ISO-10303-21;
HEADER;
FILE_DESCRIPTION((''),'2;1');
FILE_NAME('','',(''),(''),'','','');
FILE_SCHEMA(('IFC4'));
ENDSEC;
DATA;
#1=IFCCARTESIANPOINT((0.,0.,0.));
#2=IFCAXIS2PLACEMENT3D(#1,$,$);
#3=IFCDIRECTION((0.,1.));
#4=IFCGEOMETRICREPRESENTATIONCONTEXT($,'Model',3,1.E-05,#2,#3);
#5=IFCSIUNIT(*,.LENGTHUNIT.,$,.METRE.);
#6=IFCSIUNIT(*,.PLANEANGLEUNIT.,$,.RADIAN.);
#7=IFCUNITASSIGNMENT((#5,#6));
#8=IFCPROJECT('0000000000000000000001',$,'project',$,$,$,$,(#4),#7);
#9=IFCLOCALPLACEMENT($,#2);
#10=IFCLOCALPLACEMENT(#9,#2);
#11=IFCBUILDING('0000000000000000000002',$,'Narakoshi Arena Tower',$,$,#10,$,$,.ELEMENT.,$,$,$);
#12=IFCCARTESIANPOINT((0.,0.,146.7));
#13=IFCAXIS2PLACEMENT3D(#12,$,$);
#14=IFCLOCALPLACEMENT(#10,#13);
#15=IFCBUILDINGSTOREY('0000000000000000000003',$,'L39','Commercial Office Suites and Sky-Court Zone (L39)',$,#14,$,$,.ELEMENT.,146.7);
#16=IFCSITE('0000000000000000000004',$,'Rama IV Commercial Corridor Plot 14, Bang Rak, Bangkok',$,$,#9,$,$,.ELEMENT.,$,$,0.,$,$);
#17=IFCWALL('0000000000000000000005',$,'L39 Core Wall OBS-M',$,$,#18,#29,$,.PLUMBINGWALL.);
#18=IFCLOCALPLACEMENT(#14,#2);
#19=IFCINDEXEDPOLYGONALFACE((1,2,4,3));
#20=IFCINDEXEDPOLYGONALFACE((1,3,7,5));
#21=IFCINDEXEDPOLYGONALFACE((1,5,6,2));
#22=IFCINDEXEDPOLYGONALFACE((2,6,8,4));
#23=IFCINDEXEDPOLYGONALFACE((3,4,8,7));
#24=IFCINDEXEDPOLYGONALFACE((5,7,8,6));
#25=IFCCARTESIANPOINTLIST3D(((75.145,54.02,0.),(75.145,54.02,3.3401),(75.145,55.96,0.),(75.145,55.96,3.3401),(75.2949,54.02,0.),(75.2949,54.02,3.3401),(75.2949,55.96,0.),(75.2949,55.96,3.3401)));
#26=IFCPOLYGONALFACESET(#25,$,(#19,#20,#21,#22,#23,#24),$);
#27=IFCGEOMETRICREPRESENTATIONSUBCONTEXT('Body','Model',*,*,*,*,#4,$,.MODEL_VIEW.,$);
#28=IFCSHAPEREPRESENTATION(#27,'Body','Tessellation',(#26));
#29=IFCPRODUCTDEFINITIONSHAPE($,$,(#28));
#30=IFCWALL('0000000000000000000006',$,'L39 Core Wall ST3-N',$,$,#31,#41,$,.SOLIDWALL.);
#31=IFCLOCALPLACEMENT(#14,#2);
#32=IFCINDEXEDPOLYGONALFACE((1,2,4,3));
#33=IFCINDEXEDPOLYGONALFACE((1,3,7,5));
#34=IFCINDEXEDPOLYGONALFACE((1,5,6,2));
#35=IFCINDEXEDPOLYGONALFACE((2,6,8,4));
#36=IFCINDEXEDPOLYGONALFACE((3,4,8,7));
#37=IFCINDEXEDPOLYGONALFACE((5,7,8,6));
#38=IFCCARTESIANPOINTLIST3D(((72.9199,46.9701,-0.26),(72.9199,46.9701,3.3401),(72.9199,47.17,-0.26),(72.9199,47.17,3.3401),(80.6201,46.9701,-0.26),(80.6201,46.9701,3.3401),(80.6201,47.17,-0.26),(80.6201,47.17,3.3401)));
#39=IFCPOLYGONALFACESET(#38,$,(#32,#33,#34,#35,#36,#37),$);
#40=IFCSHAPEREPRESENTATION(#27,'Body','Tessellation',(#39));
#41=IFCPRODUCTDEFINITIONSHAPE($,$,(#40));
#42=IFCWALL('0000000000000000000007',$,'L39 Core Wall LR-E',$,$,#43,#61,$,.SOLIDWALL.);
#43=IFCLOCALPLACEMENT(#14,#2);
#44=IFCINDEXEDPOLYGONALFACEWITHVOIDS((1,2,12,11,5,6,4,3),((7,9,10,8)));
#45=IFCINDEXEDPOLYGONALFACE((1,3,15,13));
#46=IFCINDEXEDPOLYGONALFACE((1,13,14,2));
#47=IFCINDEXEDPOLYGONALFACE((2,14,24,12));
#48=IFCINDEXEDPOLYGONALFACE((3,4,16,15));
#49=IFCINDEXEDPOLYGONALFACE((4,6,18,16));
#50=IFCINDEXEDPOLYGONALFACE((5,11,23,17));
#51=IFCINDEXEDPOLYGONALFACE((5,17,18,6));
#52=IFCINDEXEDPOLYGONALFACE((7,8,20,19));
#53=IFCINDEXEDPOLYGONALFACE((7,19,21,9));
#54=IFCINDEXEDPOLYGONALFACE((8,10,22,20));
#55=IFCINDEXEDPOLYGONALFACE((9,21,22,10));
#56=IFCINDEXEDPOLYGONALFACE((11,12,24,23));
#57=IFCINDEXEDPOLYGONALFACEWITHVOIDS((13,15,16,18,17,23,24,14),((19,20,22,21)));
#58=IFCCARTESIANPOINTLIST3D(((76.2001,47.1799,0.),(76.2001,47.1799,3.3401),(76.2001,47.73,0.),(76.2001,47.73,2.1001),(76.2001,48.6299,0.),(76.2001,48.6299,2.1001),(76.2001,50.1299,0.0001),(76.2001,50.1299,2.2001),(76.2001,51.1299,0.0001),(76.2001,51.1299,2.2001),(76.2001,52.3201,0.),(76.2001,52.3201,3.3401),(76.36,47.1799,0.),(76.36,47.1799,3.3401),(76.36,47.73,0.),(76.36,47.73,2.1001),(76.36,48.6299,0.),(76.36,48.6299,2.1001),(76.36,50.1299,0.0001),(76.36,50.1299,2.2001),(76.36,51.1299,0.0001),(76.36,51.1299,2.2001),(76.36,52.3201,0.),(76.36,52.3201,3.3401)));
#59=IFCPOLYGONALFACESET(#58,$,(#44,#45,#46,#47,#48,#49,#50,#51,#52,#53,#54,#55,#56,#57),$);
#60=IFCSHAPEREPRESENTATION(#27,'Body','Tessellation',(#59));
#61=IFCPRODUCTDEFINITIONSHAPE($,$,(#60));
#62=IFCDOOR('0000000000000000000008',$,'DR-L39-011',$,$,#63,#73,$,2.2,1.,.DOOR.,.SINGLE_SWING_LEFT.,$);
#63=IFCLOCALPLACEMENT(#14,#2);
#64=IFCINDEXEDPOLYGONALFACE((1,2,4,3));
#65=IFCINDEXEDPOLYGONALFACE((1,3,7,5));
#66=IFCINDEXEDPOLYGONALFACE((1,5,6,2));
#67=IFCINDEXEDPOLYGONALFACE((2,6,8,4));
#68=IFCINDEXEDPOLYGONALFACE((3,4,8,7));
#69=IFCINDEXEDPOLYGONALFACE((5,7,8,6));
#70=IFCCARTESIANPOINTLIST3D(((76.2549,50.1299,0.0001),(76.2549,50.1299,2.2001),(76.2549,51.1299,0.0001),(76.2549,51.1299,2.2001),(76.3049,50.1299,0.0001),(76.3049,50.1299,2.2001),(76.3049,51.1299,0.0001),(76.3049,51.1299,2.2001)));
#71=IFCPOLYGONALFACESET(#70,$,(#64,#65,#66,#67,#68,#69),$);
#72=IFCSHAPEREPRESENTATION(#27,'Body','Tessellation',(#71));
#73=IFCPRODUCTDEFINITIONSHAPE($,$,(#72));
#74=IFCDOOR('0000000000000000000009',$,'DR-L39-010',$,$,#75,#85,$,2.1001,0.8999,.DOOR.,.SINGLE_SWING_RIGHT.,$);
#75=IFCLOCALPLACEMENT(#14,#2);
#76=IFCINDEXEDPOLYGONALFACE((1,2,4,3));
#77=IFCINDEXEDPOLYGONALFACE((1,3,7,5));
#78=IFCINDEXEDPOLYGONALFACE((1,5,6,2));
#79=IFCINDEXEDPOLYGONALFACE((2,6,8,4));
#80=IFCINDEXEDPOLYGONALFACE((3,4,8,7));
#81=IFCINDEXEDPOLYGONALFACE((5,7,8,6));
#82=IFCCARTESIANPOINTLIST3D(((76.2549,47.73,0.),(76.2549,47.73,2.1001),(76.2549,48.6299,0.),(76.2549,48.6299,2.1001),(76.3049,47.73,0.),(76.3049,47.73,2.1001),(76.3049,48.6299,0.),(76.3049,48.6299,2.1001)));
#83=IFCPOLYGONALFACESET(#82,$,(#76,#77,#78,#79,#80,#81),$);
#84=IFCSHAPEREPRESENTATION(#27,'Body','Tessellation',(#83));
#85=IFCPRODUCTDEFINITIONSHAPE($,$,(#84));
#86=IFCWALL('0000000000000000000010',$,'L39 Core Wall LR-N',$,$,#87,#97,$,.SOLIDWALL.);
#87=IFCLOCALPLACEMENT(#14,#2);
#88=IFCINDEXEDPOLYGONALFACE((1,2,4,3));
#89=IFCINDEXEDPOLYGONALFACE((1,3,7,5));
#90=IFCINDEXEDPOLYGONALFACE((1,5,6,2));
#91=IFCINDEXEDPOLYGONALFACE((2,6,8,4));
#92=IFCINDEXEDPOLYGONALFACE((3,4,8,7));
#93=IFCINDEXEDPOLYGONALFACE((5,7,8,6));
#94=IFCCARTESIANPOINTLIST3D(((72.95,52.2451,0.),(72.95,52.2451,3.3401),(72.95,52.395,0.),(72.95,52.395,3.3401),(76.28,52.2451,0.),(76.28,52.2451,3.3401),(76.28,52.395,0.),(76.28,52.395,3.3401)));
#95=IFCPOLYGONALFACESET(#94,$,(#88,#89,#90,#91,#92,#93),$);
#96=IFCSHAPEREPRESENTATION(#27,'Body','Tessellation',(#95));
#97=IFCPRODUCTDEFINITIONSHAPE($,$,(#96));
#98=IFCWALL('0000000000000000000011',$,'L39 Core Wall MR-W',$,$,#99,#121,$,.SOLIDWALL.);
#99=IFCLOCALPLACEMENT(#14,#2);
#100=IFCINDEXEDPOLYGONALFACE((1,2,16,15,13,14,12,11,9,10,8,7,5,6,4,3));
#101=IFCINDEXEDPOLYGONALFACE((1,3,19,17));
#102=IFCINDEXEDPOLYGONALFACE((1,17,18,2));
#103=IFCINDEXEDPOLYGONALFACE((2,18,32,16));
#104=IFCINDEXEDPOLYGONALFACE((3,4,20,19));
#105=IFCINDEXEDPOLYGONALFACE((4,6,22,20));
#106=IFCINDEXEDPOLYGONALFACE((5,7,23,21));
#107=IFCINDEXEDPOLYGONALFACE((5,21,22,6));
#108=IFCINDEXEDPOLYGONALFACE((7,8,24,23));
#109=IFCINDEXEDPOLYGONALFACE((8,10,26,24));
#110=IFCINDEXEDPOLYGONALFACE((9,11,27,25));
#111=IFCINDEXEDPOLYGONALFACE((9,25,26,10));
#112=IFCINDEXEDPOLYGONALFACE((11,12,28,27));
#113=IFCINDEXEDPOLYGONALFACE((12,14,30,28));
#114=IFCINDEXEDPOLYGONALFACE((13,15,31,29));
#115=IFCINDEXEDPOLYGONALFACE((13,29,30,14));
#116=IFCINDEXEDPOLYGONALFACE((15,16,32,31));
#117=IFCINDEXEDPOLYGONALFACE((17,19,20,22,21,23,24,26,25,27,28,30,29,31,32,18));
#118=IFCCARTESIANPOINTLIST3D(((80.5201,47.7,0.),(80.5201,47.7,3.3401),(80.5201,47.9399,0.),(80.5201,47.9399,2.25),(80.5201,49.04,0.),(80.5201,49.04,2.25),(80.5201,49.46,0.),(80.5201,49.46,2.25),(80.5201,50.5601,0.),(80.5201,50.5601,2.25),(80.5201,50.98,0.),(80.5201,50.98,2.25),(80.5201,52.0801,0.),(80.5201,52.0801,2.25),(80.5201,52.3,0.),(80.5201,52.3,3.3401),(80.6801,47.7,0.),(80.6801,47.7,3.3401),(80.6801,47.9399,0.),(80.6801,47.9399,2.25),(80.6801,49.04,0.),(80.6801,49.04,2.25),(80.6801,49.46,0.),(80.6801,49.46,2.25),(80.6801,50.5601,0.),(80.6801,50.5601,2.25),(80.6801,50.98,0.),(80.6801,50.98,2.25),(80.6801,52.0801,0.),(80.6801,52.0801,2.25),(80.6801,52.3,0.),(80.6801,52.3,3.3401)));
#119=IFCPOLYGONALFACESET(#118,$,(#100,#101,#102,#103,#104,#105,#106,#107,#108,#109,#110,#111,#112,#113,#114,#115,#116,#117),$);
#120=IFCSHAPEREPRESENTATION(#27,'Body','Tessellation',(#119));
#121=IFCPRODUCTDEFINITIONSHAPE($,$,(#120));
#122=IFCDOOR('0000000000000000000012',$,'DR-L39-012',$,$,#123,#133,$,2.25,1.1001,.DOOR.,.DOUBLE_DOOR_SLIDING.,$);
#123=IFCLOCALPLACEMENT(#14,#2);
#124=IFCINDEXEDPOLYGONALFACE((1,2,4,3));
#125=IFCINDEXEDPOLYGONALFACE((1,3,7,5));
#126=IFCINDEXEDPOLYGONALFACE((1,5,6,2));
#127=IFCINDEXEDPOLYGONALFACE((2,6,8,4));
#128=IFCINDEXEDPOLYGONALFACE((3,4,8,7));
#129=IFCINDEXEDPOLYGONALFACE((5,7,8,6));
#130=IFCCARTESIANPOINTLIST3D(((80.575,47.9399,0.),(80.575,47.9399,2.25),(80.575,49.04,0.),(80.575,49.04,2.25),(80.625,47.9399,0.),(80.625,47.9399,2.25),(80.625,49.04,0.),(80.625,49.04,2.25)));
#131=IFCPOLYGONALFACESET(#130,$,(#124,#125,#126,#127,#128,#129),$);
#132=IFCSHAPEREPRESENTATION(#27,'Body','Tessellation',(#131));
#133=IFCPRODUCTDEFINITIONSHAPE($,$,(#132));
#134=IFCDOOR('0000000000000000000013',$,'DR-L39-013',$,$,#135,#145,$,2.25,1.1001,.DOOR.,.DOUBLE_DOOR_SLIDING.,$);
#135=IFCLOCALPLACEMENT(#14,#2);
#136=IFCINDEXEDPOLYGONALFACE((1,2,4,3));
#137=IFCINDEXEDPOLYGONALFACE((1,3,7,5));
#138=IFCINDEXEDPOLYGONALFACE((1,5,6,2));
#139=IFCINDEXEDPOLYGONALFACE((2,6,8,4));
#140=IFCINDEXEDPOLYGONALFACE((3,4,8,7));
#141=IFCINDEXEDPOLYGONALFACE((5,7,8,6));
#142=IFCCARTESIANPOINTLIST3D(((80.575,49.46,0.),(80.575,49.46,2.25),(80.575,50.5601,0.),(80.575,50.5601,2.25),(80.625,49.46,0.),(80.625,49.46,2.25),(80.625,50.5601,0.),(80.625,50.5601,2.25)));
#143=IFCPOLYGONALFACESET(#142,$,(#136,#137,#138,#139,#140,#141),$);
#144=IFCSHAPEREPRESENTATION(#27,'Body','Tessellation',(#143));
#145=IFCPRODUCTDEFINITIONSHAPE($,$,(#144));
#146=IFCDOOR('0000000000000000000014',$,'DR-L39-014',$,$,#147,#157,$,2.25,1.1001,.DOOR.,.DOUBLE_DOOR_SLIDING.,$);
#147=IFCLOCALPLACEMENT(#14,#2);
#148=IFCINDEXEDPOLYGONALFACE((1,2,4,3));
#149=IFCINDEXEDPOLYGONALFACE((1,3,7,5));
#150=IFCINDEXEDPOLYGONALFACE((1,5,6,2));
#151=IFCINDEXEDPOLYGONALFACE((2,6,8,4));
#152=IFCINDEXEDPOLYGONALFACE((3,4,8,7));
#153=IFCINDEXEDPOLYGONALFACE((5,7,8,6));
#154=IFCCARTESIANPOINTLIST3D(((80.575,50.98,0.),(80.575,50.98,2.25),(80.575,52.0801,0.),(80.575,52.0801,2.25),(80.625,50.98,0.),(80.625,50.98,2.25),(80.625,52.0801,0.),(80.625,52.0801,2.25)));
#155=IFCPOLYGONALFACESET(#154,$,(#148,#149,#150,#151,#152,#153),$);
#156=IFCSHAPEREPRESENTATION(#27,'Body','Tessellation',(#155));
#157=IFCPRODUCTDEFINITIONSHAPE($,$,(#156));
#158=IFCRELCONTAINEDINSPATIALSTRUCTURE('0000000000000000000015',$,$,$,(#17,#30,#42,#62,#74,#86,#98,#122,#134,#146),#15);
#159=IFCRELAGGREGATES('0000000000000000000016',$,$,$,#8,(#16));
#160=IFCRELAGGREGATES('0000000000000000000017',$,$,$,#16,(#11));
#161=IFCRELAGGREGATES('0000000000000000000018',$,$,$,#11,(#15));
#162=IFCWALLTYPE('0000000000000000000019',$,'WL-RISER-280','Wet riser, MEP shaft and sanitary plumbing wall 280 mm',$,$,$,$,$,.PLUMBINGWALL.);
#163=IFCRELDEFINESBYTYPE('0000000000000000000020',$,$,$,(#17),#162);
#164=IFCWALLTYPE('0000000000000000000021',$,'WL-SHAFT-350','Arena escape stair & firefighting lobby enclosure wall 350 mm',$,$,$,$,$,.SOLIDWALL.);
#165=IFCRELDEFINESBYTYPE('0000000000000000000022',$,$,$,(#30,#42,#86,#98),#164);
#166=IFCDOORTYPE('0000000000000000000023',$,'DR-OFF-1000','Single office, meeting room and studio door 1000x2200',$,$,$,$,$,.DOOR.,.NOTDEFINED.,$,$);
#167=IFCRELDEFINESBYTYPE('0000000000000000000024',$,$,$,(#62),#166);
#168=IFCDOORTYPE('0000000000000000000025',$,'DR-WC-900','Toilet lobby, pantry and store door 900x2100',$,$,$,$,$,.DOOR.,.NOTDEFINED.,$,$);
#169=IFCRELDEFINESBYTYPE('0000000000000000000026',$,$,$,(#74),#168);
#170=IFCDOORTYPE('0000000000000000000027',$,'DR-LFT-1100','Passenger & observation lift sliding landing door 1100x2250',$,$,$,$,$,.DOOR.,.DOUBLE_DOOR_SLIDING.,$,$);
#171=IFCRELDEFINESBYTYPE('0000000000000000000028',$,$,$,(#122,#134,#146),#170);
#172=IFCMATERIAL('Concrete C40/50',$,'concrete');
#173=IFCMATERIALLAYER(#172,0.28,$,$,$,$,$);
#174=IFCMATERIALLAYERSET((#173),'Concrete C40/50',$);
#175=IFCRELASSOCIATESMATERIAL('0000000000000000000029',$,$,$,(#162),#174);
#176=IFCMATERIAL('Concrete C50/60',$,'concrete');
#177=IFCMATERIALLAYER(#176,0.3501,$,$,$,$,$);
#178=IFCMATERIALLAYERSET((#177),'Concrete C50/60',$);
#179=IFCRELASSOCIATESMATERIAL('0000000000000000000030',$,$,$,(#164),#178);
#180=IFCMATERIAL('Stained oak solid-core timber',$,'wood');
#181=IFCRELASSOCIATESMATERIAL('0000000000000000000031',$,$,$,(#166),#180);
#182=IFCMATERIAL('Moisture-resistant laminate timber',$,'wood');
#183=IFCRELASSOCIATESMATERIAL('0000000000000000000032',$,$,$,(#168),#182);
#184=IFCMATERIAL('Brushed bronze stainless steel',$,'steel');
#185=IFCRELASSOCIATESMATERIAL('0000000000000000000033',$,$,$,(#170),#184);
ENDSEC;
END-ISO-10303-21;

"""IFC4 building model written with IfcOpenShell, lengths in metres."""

from ifc_helpers import new_model, si_unit, direction, frame, frame_2d, origin, place, context, subcontext, project, spatial, rectangle, extrude, material, layer, layer_set, type_object, element, fill, save


model = new_model("IFC4")

# Units and contexts
model_context = context("Model", 3, precision=1e-05, world=origin(), true_north=direction((0.0, 1.0)))
body_context = subcontext(model_context, "Body", "Model", "MODEL_VIEW")
ifc_project = project(units=[si_unit("LENGTHUNIT", "METRE"), si_unit("PLANEANGLEUNIT", "RADIAN")], contexts=[model_context])

# Site, building, storey
site_placement = place(None, origin())
site = spatial("IfcSite", under=ifc_project, at=site_placement, Name="Rama IV Commercial Corridor Plot 14, Bang Rak, Bangkok", CompositionType="ELEMENT", RefElevation=0.0)
building_placement = place(site_placement, origin())
building = spatial("IfcBuilding", under=site, at=building_placement, Name="Narakoshi Arena Tower", CompositionType="ELEMENT")
storey_placement = place(building_placement, frame((0.0, 0.0, 146.7)))
storey = spatial("IfcBuildingStorey", under=building, at=storey_placement, Name="L39", Description="Commercial Office Suites and Sky-Court Zone (L39)", CompositionType="ELEMENT", Elevation=146.7)

# Walls
ifc_material_1 = material(Name="Concrete C40/50", Category="concrete")
ifc_layer_1 = layer(ifc_material_1, 0.28)
ifc_layer_set_1 = layer_set([ifc_layer_1], Name="Concrete C40/50")
wall_type_1 = type_object("IfcWallType", Name="WL-RISER-280", Description="Wet riser, MEP shaft and sanitary plumbing wall 280 mm", PredefinedType="PLUMBINGWALL", material=ifc_layer_set_1)
for number, where, z_axis, x_axis, name in (
    (1, (75.22, 54.02, 0.0), (0.0, 0.0, 1.0), (0.0, 1.0, 0.0), "L39 Core Wall OBS-M"),
):
    element("IfcWall", number, at=place(storey_placement, frame(where, z_axis=z_axis, x_axis=x_axis)), inside=storey, type_object=wall_type_1, Name=name, PredefinedType="PLUMBINGWALL", context=body_context, shape_type="SweptSolid", body=[
        extrude(rectangle(XDim=1.9399, YDim=0.1499, at=frame_2d((0.97, 0.0))), origin(), (0.0, 0.0, 1.0), 3.3401),
    ])
ifc_material_2 = material(Name="Concrete C50/60", Category="concrete")
ifc_layer_2 = layer(ifc_material_2, 0.3501)
ifc_layer_set_2 = layer_set([ifc_layer_2], Name="Concrete C50/60")
wall_type_2 = type_object("IfcWallType", Name="WL-SHAFT-350", Description="Arena escape stair & firefighting lobby enclosure wall 350 mm", PredefinedType="SOLIDWALL", material=ifc_layer_set_2)
wall_1_placement = place(storey_placement, frame((72.9199, 47.0701, -0.26), z_axis=(0.0, 0.0, 1.0), x_axis=(1.0, 0.0, 0.0)))
element("IfcWall", 2, at=wall_1_placement, inside=storey, type_object=wall_type_2, Name="L39 Core Wall ST3-N", PredefinedType="SOLIDWALL", context=body_context, shape_type="SweptSolid", body=[
    extrude(rectangle(XDim=7.7002, YDim=0.2, at=frame_2d((3.8501, 0.0))), origin(), (0.0, 0.0, 1.0), 3.6001),
])

# Wall, openings, doors
wall_2_placement = place(storey_placement, frame((76.28, 47.1799, 0.0), z_axis=(0.0, 0.0, 1.0), x_axis=(0.0, 1.0, 0.0)))
wall_2 = element("IfcWall", 3, at=wall_2_placement, inside=storey, type_object=wall_type_2, Name="L39 Core Wall LR-E", PredefinedType="SOLIDWALL", context=body_context, shape_type="SweptSolid", body=[
    extrude(rectangle(XDim=5.1401, YDim=0.1599, at=frame_2d((2.5701, 0.0))), origin(), (0.0, 0.0, 1.0), 3.3401),
])
opening_1_placement = place(wall_2_placement, frame((0.55, 0.0, 0.0)))
opening_1 = element("IfcOpeningElement", 4, at=opening_1_placement, cuts=wall_2, PredefinedType="OPENING", context=body_context, shape_type="SweptSolid", body=[
    extrude(rectangle(XDim=0.8999, YDim=2.1001, at=frame_2d((0.45, 1.05))), frame((0.0, 0.0898, 0.0), z_axis=(0.0, -1.0, 0.0), x_axis=(1.0, 0.0, 0.0)), (0.0, 0.0, 1.0), 0.1799),
])
opening_2_placement = place(wall_2_placement, frame((2.95, 0.0, 0.0)))
opening_2 = element("IfcOpeningElement", 5, at=opening_2_placement, cuts=wall_2, PredefinedType="OPENING", context=body_context, shape_type="SweptSolid", body=[
    extrude(rectangle(XDim=1.0, YDim=2.2, at=frame_2d((0.5, 1.1001))), frame((0.0, 0.0898, 0.0), z_axis=(0.0, -1.0, 0.0), x_axis=(1.0, 0.0, 0.0)), (0.0, 0.0, 1.0), 0.1799),
])
ifc_material_3 = material(Name="Stained oak solid-core timber", Category="wood")
door_type_1 = type_object("IfcDoorType", Name="DR-OFF-1000", Description="Single office, meeting room and studio door 1000x2200", OperationType="NOTDEFINED", PredefinedType="DOOR", material=ifc_material_3)
door_1_placement = place(opening_2_placement, frame((1.0, 0.0, 0.0), z_axis=(0.0, 0.0, 1.0), x_axis=(-1.0, 0.0, 0.0)))
door_1 = element("IfcDoor", 6, at=door_1_placement, inside=storey, type_object=door_type_1, Name="DR-L39-011", OperationType="SINGLE_SWING_LEFT", OverallHeight=2.2, OverallWidth=1.0, PredefinedType="DOOR", context=body_context, shape_type="SweptSolid", body=[
    extrude(rectangle(XDim=1.0, YDim=2.2, at=frame_2d((0.5, 1.1001))), frame((0.0, 0.0249, 0.0), z_axis=(0.0, -1.0, 0.0), x_axis=(1.0, 0.0, 0.0)), (0.0, 0.0, 1.0), 0.05),
])
fill(opening_2, door_1)
ifc_material_4 = material(Name="Moisture-resistant laminate timber", Category="wood")
door_type_2 = type_object("IfcDoorType", Name="DR-WC-900", Description="Toilet lobby, pantry and store door 900x2100", OperationType="NOTDEFINED", PredefinedType="DOOR", material=ifc_material_4)
door_2_placement = place(opening_1_placement, frame((0.8999, 0.0, 0.0), z_axis=(0.0, 0.0, 1.0), x_axis=(-1.0, 0.0, 0.0)))
door_2 = element("IfcDoor", 7, at=door_2_placement, inside=storey, type_object=door_type_2, Name="DR-L39-010", OperationType="SINGLE_SWING_RIGHT", OverallHeight=2.1001, OverallWidth=0.8999, PredefinedType="DOOR", context=body_context, shape_type="SweptSolid", body=[
    extrude(rectangle(XDim=0.8999, YDim=2.1001, at=frame_2d((0.45, 1.05))), frame((0.0, 0.0249, 0.0), z_axis=(0.0, -1.0, 0.0), x_axis=(1.0, 0.0, 0.0)), (0.0, 0.0, 1.0), 0.05),
])
fill(opening_1, door_2)

# Wall
wall_3_placement = place(storey_placement, frame((72.95, 52.3201, 0.0), z_axis=(0.0, 0.0, 1.0), x_axis=(1.0, 0.0, 0.0)))
element("IfcWall", 8, at=wall_3_placement, inside=storey, type_object=wall_type_2, Name="L39 Core Wall LR-N", PredefinedType="SOLIDWALL", context=body_context, shape_type="SweptSolid", body=[
    extrude(rectangle(XDim=3.3301, YDim=0.1499, at=frame_2d((1.665, 0.0))), origin(), (0.0, 0.0, 1.0), 3.3401),
])

# Wall, openings, doors
wall_4_placement = place(storey_placement, frame((80.6001, 47.7, 0.0), z_axis=(0.0, 0.0, 1.0), x_axis=(0.0, 1.0, 0.0)))
wall_4 = element("IfcWall", 9, at=wall_4_placement, inside=storey, type_object=wall_type_2, Name="L39 Core Wall MR-W", PredefinedType="SOLIDWALL", context=body_context, shape_type="SweptSolid", body=[
    extrude(rectangle(XDim=4.6001, YDim=0.1599, at=frame_2d((2.3, 0.0))), origin(), (0.0, 0.0, 1.0), 3.3401),
])
opening_3_placement = place(wall_4_placement, frame((0.24, 0.0, 0.0)))
opening_3 = element("IfcOpeningElement", 10, at=opening_3_placement, cuts=wall_4, PredefinedType="OPENING", context=body_context, shape_type="SweptSolid", body=[
    extrude(rectangle(XDim=1.1001, YDim=2.25, at=frame_2d((0.55, 1.125))), frame((0.0, 0.0898, 0.0), z_axis=(0.0, -1.0, 0.0), x_axis=(1.0, 0.0, 0.0)), (0.0, 0.0, 1.0), 0.1799),
])
opening_4_placement = place(wall_4_placement, frame((1.76, 0.0, 0.0)))
opening_4 = element("IfcOpeningElement", 11, at=opening_4_placement, cuts=wall_4, PredefinedType="OPENING", context=body_context, shape_type="SweptSolid", body=[
    extrude(rectangle(XDim=1.1001, YDim=2.25, at=frame_2d((0.55, 1.125))), frame((0.0, 0.0898, 0.0), z_axis=(0.0, -1.0, 0.0), x_axis=(1.0, 0.0, 0.0)), (0.0, 0.0, 1.0), 0.1799),
])
opening_5_placement = place(wall_4_placement, frame((3.28, 0.0, 0.0)))
opening_5 = element("IfcOpeningElement", 12, at=opening_5_placement, cuts=wall_4, PredefinedType="OPENING", context=body_context, shape_type="SweptSolid", body=[
    extrude(rectangle(XDim=1.1001, YDim=2.25, at=frame_2d((0.55, 1.125))), frame((0.0, 0.0898, 0.0), z_axis=(0.0, -1.0, 0.0), x_axis=(1.0, 0.0, 0.0)), (0.0, 0.0, 1.0), 0.1799),
])
ifc_material_5 = material(Name="Brushed bronze stainless steel", Category="steel")
door_type_3 = type_object("IfcDoorType", Name="DR-LFT-1100", Description="Passenger & observation lift sliding landing door 1100x2250", OperationType="DOUBLE_DOOR_SLIDING", PredefinedType="DOOR", material=ifc_material_5)
door_3_placement = place(opening_3_placement, frame((1.1001, 0.0, 0.0), z_axis=(0.0, 0.0, 1.0), x_axis=(-1.0, 0.0, 0.0)))
door_3 = element("IfcDoor", 13, at=door_3_placement, inside=storey, type_object=door_type_3, Name="DR-L39-012", OperationType="DOUBLE_DOOR_SLIDING", OverallHeight=2.25, OverallWidth=1.1001, PredefinedType="DOOR", context=body_context, shape_type="SweptSolid", body=[
    extrude(rectangle(XDim=1.1001, YDim=2.25, at=frame_2d((0.55, 1.125))), frame((0.0, 0.0249, 0.0), z_axis=(0.0, -1.0, 0.0), x_axis=(1.0, 0.0, 0.0)), (0.0, 0.0, 1.0), 0.05),
])
fill(opening_3, door_3)
door_4_placement = place(opening_4_placement, frame((1.1001, 0.0, 0.0), z_axis=(0.0, 0.0, 1.0), x_axis=(-1.0, 0.0, 0.0)))
door_4 = element("IfcDoor", 14, at=door_4_placement, inside=storey, type_object=door_type_3, Name="DR-L39-013", OperationType="DOUBLE_DOOR_SLIDING", OverallHeight=2.25, OverallWidth=1.1001, PredefinedType="DOOR", context=body_context, shape_type="SweptSolid", body=[
    extrude(rectangle(XDim=1.1001, YDim=2.25, at=frame_2d((0.55, 1.125))), frame((0.0, 0.0249, 0.0), z_axis=(0.0, -1.0, 0.0), x_axis=(1.0, 0.0, 0.0)), (0.0, 0.0, 1.0), 0.05),
])
fill(opening_4, door_4)
door_5_placement = place(opening_5_placement, frame((1.1001, 0.0, 0.0), z_axis=(0.0, 0.0, 1.0), x_axis=(-1.0, 0.0, 0.0)))
door_5 = element("IfcDoor", 15, at=door_5_placement, inside=storey, type_object=door_type_3, Name="DR-L39-014", OperationType="DOUBLE_DOOR_SLIDING", OverallHeight=2.25, OverallWidth=1.1001, PredefinedType="DOOR", context=body_context, shape_type="SweptSolid", body=[
    extrude(rectangle(XDim=1.1001, YDim=2.25, at=frame_2d((0.55, 1.125))), frame((0.0, 0.0249, 0.0), z_axis=(0.0, -1.0, 0.0), x_axis=(1.0, 0.0, 0.0)), (0.0, 0.0, 1.0), 0.05),
])
fill(opening_5, door_5)

save(model, "model.ifc")
